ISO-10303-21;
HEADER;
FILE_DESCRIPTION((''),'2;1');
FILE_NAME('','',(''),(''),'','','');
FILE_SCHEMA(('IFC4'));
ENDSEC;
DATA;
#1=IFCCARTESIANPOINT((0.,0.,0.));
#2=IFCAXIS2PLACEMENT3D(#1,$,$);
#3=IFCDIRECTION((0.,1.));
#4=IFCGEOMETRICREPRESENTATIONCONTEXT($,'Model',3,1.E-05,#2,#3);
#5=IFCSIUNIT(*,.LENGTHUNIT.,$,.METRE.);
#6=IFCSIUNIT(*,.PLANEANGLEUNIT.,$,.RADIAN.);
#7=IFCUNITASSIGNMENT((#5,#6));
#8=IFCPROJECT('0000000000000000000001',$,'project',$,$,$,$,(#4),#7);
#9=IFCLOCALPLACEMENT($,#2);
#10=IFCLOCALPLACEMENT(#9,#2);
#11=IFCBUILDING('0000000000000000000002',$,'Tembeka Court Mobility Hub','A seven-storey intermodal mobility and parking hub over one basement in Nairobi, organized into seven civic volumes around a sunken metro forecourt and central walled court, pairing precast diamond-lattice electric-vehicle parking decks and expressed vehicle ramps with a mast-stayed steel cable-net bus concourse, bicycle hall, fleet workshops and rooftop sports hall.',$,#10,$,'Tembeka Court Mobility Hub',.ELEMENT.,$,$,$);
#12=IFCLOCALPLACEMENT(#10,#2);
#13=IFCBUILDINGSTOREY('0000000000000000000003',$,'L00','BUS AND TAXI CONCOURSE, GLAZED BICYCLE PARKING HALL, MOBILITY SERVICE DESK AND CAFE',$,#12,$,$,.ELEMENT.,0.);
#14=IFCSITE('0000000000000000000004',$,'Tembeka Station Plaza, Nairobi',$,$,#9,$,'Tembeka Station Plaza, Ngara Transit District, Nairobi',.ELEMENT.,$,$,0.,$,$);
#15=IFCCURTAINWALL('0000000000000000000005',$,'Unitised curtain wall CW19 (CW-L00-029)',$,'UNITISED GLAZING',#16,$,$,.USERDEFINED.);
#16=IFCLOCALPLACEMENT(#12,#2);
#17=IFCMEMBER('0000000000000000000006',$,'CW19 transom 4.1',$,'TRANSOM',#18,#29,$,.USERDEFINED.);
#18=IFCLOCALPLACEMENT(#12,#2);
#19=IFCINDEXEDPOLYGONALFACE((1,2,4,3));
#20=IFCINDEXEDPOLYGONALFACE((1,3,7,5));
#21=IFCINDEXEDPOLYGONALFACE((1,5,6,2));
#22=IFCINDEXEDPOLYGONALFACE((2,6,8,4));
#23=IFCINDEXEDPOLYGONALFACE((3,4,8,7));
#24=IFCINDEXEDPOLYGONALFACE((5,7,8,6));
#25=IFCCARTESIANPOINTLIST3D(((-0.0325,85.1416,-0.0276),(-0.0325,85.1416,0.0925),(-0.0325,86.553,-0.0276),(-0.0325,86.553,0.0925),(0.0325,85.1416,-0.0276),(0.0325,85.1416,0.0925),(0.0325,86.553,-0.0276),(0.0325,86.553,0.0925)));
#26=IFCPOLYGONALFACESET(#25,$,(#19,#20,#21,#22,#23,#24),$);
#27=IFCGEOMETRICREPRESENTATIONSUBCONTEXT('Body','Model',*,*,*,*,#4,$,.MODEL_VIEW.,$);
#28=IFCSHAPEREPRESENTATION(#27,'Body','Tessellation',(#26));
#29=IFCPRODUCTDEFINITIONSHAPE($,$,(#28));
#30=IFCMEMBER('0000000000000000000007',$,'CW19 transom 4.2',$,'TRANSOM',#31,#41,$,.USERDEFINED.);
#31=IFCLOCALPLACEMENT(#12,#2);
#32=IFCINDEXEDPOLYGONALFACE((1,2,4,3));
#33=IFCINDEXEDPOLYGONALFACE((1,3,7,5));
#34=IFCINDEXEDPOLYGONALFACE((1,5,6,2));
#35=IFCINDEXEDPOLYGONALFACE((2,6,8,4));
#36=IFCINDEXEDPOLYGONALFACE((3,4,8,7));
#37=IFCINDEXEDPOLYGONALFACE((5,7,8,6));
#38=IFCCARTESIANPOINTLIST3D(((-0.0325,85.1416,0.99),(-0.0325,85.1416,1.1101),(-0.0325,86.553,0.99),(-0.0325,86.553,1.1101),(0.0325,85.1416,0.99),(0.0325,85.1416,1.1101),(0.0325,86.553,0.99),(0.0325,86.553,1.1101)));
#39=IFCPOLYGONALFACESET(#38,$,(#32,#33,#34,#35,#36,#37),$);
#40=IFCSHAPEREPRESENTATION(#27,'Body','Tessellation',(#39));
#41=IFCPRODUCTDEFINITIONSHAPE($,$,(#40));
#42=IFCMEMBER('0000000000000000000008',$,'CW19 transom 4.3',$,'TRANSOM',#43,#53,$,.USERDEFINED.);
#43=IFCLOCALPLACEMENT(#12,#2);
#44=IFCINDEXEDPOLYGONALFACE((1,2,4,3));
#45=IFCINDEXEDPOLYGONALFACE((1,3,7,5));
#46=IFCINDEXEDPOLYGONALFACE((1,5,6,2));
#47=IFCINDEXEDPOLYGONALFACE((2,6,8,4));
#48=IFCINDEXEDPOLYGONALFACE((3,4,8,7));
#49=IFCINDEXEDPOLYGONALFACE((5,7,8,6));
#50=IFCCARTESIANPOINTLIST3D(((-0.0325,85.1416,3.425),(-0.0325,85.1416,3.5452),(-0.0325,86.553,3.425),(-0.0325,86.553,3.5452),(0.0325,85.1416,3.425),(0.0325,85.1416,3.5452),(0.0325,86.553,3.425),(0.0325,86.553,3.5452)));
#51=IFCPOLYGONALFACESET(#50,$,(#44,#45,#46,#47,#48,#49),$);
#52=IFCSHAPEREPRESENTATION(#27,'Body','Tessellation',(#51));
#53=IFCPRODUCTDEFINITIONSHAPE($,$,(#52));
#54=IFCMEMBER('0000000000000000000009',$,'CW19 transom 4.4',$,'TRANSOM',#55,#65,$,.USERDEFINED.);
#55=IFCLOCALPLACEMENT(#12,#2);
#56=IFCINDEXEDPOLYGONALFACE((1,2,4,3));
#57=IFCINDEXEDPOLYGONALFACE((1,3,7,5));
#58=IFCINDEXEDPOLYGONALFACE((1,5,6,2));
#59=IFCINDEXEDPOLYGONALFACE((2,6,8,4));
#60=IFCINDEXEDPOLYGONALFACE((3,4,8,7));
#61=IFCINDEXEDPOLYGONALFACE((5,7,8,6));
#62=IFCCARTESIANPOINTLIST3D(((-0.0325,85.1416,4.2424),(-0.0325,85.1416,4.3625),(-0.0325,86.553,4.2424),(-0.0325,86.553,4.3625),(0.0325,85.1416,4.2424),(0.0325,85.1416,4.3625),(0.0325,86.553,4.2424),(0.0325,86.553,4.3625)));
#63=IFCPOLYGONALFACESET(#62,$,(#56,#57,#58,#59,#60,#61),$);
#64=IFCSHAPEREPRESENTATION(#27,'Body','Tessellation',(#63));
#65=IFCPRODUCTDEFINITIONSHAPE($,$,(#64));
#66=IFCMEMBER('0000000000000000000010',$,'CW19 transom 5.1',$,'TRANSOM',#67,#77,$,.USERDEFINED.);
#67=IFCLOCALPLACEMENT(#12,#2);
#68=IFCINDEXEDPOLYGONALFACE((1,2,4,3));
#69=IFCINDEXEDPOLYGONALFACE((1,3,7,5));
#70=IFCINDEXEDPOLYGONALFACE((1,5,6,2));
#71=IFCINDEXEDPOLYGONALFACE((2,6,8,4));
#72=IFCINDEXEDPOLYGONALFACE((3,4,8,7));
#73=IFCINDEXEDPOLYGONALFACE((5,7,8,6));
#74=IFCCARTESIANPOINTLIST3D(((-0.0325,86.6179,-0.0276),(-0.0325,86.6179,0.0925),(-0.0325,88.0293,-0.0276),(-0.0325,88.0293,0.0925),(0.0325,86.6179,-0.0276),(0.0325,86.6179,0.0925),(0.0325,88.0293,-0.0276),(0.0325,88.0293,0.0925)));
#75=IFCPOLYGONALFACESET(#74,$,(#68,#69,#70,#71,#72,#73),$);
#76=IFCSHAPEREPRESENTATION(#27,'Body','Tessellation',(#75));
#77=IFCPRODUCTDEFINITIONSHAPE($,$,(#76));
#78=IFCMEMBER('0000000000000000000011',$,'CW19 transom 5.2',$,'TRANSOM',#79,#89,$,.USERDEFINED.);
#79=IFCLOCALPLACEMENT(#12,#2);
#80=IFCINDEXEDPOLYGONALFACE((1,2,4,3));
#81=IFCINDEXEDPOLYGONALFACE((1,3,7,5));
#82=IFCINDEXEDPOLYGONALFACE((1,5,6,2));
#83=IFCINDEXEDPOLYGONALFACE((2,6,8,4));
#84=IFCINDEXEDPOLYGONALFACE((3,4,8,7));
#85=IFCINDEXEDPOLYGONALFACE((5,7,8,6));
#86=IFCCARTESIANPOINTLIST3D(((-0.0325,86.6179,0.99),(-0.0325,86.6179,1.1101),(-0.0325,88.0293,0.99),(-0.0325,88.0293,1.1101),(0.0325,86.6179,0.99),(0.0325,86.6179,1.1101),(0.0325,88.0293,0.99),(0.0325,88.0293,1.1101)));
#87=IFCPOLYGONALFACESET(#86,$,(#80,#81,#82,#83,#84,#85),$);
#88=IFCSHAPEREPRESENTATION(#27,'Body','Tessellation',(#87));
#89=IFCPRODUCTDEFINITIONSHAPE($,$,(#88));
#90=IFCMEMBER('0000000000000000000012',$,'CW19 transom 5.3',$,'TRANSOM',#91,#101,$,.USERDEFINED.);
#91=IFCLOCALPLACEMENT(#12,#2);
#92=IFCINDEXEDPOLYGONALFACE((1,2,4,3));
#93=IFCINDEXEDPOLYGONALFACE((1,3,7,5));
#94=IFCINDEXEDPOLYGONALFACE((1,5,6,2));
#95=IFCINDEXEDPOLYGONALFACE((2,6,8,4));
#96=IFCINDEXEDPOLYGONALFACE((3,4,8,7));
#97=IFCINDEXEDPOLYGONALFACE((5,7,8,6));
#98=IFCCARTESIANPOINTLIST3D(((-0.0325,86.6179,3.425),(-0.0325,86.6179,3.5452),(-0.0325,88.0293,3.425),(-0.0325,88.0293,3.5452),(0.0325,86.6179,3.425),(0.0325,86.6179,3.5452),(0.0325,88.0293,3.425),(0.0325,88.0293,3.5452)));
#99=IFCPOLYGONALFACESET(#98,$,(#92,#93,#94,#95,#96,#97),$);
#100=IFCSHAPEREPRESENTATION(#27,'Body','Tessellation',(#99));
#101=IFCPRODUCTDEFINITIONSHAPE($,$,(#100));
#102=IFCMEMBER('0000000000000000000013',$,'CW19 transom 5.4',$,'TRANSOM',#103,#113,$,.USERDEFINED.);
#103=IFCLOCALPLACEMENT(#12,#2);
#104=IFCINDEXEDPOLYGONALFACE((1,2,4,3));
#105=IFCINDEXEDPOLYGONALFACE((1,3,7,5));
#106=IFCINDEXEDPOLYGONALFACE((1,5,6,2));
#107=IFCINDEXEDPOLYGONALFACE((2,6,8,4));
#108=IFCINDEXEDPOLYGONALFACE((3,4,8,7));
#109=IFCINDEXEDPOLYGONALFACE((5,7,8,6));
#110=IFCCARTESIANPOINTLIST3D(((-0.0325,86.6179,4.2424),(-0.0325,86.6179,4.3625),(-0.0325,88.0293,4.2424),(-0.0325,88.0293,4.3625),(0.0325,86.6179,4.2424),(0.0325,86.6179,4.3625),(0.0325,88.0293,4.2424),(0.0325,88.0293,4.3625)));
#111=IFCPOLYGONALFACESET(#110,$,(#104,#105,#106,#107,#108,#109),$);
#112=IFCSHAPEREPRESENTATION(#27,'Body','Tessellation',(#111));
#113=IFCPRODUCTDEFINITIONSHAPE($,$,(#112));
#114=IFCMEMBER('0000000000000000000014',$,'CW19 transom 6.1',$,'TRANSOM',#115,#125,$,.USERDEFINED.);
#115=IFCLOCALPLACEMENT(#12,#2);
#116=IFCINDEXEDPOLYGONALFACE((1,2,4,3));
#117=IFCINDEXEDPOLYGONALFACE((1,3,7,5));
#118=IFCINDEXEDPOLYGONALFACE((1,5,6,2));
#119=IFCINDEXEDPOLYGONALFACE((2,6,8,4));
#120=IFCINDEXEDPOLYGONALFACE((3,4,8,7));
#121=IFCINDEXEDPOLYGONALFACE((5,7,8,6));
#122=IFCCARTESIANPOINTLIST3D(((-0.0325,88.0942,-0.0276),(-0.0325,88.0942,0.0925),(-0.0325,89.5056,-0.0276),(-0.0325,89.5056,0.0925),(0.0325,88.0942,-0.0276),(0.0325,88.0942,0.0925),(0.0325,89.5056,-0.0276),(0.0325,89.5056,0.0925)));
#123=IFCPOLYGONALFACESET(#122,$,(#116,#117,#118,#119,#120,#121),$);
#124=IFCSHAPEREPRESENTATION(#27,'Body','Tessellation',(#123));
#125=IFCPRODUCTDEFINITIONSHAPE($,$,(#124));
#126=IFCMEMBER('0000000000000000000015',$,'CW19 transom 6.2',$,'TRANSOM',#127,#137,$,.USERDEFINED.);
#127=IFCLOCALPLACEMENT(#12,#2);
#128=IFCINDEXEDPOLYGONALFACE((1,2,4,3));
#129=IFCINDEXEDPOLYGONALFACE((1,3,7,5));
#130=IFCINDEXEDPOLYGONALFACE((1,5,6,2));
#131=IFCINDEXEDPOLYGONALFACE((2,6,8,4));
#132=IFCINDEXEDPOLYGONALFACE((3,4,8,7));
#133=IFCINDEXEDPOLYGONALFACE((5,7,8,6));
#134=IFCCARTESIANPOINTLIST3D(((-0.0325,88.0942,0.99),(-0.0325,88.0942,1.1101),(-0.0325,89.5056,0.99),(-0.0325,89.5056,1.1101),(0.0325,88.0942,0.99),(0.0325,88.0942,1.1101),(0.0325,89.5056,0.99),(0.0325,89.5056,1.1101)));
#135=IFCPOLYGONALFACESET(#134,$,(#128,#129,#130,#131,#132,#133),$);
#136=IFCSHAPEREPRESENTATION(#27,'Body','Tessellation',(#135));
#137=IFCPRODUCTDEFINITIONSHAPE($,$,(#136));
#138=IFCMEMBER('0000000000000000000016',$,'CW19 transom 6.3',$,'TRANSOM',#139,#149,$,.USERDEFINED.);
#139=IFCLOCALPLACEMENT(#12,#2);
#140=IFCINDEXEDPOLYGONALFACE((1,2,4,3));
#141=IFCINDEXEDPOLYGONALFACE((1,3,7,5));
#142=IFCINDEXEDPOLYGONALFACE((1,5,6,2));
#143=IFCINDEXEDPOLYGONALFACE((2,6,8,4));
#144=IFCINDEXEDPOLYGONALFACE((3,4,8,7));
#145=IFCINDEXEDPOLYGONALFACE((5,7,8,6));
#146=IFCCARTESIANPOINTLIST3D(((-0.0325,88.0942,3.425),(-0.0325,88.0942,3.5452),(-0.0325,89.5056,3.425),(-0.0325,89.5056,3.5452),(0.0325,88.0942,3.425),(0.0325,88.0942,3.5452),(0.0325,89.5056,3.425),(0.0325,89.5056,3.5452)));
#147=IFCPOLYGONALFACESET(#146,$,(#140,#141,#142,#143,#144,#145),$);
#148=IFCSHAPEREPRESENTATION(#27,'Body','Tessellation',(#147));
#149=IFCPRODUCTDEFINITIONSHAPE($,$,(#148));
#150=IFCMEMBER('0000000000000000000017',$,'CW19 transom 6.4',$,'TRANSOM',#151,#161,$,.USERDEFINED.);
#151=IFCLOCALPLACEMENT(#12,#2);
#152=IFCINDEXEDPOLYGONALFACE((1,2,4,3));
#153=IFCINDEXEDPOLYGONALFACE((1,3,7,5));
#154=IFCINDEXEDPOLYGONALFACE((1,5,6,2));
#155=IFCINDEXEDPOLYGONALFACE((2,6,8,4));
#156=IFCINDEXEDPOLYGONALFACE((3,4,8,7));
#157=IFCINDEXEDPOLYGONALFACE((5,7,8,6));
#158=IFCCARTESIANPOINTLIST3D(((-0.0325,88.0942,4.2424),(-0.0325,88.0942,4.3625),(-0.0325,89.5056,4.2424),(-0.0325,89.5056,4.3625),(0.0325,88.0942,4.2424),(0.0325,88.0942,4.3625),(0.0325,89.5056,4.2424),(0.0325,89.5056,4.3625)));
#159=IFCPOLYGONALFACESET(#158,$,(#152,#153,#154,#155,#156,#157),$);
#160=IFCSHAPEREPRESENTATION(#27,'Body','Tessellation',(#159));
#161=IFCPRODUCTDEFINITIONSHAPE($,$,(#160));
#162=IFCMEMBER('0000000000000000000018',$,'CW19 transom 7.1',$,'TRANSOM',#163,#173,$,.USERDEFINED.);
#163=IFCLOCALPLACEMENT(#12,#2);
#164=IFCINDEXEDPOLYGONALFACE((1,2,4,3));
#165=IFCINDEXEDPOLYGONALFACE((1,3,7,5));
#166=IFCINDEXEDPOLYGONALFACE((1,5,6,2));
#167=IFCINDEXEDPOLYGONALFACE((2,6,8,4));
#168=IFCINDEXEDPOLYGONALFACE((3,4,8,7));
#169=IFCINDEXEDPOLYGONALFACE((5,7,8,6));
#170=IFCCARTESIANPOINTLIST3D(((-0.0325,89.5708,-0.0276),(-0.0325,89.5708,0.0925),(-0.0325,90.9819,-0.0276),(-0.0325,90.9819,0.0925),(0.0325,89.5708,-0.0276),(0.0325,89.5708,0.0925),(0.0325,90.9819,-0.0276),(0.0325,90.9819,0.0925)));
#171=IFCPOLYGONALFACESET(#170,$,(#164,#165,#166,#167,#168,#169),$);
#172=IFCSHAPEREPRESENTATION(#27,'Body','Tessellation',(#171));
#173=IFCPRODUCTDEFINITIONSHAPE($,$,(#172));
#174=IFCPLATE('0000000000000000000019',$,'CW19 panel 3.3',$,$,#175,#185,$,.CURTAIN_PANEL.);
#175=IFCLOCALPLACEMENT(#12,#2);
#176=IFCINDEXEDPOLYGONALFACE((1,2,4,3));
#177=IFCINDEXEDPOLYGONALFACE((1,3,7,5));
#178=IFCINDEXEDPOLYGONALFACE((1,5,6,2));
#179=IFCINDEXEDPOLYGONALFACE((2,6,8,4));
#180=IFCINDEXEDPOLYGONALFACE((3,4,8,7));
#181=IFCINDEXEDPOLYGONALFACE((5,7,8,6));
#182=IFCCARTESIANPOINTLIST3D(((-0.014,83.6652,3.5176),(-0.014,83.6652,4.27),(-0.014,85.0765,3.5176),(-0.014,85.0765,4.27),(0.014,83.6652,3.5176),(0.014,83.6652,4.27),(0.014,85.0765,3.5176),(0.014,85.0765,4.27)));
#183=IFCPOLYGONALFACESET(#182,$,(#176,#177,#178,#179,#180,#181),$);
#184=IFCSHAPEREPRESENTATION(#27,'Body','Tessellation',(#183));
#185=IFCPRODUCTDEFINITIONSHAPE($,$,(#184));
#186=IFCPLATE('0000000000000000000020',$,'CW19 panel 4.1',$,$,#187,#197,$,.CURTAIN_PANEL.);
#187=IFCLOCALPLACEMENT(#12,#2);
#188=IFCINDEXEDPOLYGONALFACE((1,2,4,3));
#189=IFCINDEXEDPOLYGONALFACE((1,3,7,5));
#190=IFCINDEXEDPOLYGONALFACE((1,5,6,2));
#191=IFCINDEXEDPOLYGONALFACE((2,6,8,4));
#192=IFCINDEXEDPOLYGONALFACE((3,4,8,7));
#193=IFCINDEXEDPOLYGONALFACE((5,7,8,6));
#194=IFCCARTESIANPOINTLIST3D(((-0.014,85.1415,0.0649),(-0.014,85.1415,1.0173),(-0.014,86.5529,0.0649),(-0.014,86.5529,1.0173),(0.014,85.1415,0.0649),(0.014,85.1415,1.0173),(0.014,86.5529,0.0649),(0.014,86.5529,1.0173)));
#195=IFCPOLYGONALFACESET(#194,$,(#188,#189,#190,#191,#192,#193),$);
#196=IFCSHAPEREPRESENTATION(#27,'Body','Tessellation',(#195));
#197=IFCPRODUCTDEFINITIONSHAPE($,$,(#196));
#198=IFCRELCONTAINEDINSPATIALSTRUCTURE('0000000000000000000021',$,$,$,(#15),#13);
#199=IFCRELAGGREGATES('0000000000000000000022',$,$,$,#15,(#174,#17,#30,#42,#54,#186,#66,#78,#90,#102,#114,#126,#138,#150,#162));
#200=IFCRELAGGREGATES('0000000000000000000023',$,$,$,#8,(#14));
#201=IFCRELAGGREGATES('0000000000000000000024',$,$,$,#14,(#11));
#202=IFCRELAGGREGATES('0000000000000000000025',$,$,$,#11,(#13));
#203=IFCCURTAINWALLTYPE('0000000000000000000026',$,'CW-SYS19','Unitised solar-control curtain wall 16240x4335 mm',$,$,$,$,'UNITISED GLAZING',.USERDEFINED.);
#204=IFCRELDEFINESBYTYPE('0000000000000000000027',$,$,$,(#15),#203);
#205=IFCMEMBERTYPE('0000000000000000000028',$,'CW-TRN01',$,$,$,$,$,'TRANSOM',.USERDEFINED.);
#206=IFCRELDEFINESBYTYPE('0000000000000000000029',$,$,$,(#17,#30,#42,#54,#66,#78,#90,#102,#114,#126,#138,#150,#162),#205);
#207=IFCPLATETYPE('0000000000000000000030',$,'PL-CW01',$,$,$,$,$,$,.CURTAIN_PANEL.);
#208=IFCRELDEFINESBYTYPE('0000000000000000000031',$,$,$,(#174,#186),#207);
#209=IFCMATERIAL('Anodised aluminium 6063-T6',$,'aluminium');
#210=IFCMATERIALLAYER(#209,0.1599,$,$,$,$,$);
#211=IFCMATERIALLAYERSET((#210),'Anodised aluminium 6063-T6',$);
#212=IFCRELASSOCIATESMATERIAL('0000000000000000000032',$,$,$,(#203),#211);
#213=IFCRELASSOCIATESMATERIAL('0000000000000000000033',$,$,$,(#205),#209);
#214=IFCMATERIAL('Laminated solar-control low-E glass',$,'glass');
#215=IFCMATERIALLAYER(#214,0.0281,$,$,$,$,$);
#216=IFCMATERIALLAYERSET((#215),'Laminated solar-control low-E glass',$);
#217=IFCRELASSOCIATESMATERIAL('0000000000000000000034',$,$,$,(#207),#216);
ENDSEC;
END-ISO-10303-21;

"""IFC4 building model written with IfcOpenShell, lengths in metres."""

from ifc_helpers import new_model, si_unit, direction, frame, origin, origin_2d, place, context, subcontext, project, spatial, rectangle, extrude, material, layer, layer_set, material_profile, profile_set, type_object, element, aggregate, save


model = new_model("IFC4")

# Units and contexts
model_context = context("Model", 3, precision=1e-05, world=origin(), true_north=direction((0.0, 1.0)))
body_context = subcontext(model_context, "Body", "Model", "MODEL_VIEW")
ifc_project = project(units=[si_unit("LENGTHUNIT", "METRE"), si_unit("PLANEANGLEUNIT", "RADIAN")], contexts=[model_context])

# Site, building, storey
site_placement = place(None, origin())
site = spatial("IfcSite", under=ifc_project, at=site_placement, Name="Tembeka Station Plaza, Nairobi", LongName="Tembeka Station Plaza, Ngara Transit District, Nairobi", CompositionType="ELEMENT", RefElevation=0.0)
building_placement = place(site_placement, origin())
building = spatial("IfcBuilding", under=site, at=building_placement, Name="Tembeka Court Mobility Hub", Description="A seven-storey intermodal mobility and parking hub over one basement in Nairobi, organized into seven civic volumes around a sunken metro forecourt and central walled court, pairing precast diamond-lattice electric-vehicle parking decks and expressed vehicle ramps with a mast-stayed steel cable-net bus concourse, bicycle hall, fleet workshops and rooftop sports hall.", LongName="Tembeka Court Mobility Hub", CompositionType="ELEMENT")
storey_placement = place(building_placement, origin())
storey = spatial("IfcBuildingStorey", under=building, at=storey_placement, Name="L00", Description="BUS AND TAXI CONCOURSE, GLAZED BICYCLE PARKING HALL, MOBILITY SERVICE DESK AND CAFE", CompositionType="ELEMENT", Elevation=0.0)

# Curtain wall, members, plates
ifc_material_1 = material(Name="Anodised aluminium 6063-T6", Category="aluminium")
ifc_layer_1 = layer(ifc_material_1, 0.1599)
ifc_layer_set_1 = layer_set([ifc_layer_1], Name="Anodised aluminium 6063-T6")
curtain_wall_type = type_object("IfcCurtainWallType", Name="CW-SYS19", Description="Unitised solar-control curtain wall 16240x4335 mm", ElementType="UNITISED GLAZING", PredefinedType="USERDEFINED", material=ifc_layer_set_1)
curtain_wall_placement = place(storey_placement, origin())
curtain_wall = element("IfcCurtainWall", 1, at=curtain_wall_placement, inside=storey, type_object=curtain_wall_type, Name="Unitised curtain wall CW19 (CW-L00-029)", ObjectType="UNITISED GLAZING", PredefinedType="USERDEFINED")
ifc_material_profile_1 = material_profile(ifc_material_1, rectangle(XDim=0.0649, YDim=0.1201, at=origin_2d()), Name="ALU-TRN 65x120")
ifc_profile_set_1 = profile_set([ifc_material_profile_1], Name="Anodised aluminium 6063-T6")
member_type_1 = type_object("IfcMemberType", Name="CW-TRN01", ElementType="TRANSOM", PredefinedType="USERDEFINED", material=ifc_profile_set_1)
member_1_placement = place(storey_placement, frame((0.0, 85.1416, 0.0325), z_axis=(0.0, 1.0, 0.0), x_axis=(-1.0, 0.0, 0.0)))
member_1 = element("IfcMember", 2, at=member_1_placement, type_object=member_type_1, Name="CW19 transom 4.1", ObjectType="TRANSOM", PredefinedType="USERDEFINED", context=body_context, shape_type="SweptSolid", body=[
    extrude(rectangle(XDim=0.0649, YDim=0.1201, at=origin_2d()), origin(), (0.0, 0.0, 1.0), 1.4114),
])
member_2_placement = place(storey_placement, frame((0.0, 85.1416, 1.05), z_axis=(0.0, 1.0, 0.0), x_axis=(-1.0, 0.0, 0.0)))
member_2 = element("IfcMember", 3, at=member_2_placement, type_object=member_type_1, Name="CW19 transom 4.2", ObjectType="TRANSOM", PredefinedType="USERDEFINED", context=body_context, shape_type="SweptSolid", body=[
    extrude(rectangle(XDim=0.0649, YDim=0.1201, at=origin_2d()), origin(), (0.0, 0.0, 1.0), 1.4114),
])
member_3_placement = place(storey_placement, frame((0.0, 85.1416, 3.4851), z_axis=(0.0, 1.0, 0.0), x_axis=(-1.0, 0.0, 0.0)))
member_3 = element("IfcMember", 4, at=member_3_placement, type_object=member_type_1, Name="CW19 transom 4.3", ObjectType="TRANSOM", PredefinedType="USERDEFINED", context=body_context, shape_type="SweptSolid", body=[
    extrude(rectangle(XDim=0.0649, YDim=0.1201, at=origin_2d()), origin(), (0.0, 0.0, 1.0), 1.4114),
])
member_4_placement = place(storey_placement, frame((0.0, 85.1416, 4.3025), z_axis=(0.0, 1.0, 0.0), x_axis=(-1.0, 0.0, 0.0)))
member_4 = element("IfcMember", 5, at=member_4_placement, type_object=member_type_1, Name="CW19 transom 4.4", ObjectType="TRANSOM", PredefinedType="USERDEFINED", context=body_context, shape_type="SweptSolid", body=[
    extrude(rectangle(XDim=0.0649, YDim=0.1201, at=origin_2d()), origin(), (0.0, 0.0, 1.0), 1.4114),
])
member_5_placement = place(storey_placement, frame((0.0, 86.6179, 0.0325), z_axis=(0.0, 1.0, 0.0), x_axis=(-1.0, 0.0, 0.0)))
member_5 = element("IfcMember", 6, at=member_5_placement, type_object=member_type_1, Name="CW19 transom 5.1", ObjectType="TRANSOM", PredefinedType="USERDEFINED", context=body_context, shape_type="SweptSolid", body=[
    extrude(rectangle(XDim=0.0649, YDim=0.1201, at=origin_2d()), origin(), (0.0, 0.0, 1.0), 1.4114),
])
member_6_placement = place(storey_placement, frame((0.0, 86.6179, 1.05), z_axis=(0.0, 1.0, 0.0), x_axis=(-1.0, 0.0, 0.0)))
member_6 = element("IfcMember", 7, at=member_6_placement, type_object=member_type_1, Name="CW19 transom 5.2", ObjectType="TRANSOM", PredefinedType="USERDEFINED", context=body_context, shape_type="SweptSolid", body=[
    extrude(rectangle(XDim=0.0649, YDim=0.1201, at=origin_2d()), origin(), (0.0, 0.0, 1.0), 1.4114),
])
member_7_placement = place(storey_placement, frame((0.0, 86.6179, 3.4851), z_axis=(0.0, 1.0, 0.0), x_axis=(-1.0, 0.0, 0.0)))
member_7 = element("IfcMember", 8, at=member_7_placement, type_object=member_type_1, Name="CW19 transom 5.3", ObjectType="TRANSOM", PredefinedType="USERDEFINED", context=body_context, shape_type="SweptSolid", body=[
    extrude(rectangle(XDim=0.0649, YDim=0.1201, at=origin_2d()), origin(), (0.0, 0.0, 1.0), 1.4114),
])
member_8_placement = place(storey_placement, frame((0.0, 86.6179, 4.3025), z_axis=(0.0, 1.0, 0.0), x_axis=(-1.0, 0.0, 0.0)))
member_8 = element("IfcMember", 9, at=member_8_placement, type_object=member_type_1, Name="CW19 transom 5.4", ObjectType="TRANSOM", PredefinedType="USERDEFINED", context=body_context, shape_type="SweptSolid", body=[
    extrude(rectangle(XDim=0.0649, YDim=0.1201, at=origin_2d()), origin(), (0.0, 0.0, 1.0), 1.4114),
])
member_9_placement = place(storey_placement, frame((0.0, 88.0942, 0.0325), z_axis=(0.0, 1.0, 0.0), x_axis=(-1.0, 0.0, 0.0)))
member_9 = element("IfcMember", 10, at=member_9_placement, type_object=member_type_1, Name="CW19 transom 6.1", ObjectType="TRANSOM", PredefinedType="USERDEFINED", context=body_context, shape_type="SweptSolid", body=[
    extrude(rectangle(XDim=0.0649, YDim=0.1201, at=origin_2d()), origin(), (0.0, 0.0, 1.0), 1.4114),
])
member_10_placement = place(storey_placement, frame((0.0, 88.0942, 1.05), z_axis=(0.0, 1.0, 0.0), x_axis=(-1.0, 0.0, 0.0)))
member_10 = element("IfcMember", 11, at=member_10_placement, type_object=member_type_1, Name="CW19 transom 6.2", ObjectType="TRANSOM", PredefinedType="USERDEFINED", context=body_context, shape_type="SweptSolid", body=[
    extrude(rectangle(XDim=0.0649, YDim=0.1201, at=origin_2d()), origin(), (0.0, 0.0, 1.0), 1.4114),
])
member_11_placement = place(storey_placement, frame((0.0, 88.0942, 3.4851), z_axis=(0.0, 1.0, 0.0), x_axis=(-1.0, 0.0, 0.0)))
member_11 = element("IfcMember", 12, at=member_11_placement, type_object=member_type_1, Name="CW19 transom 6.3", ObjectType="TRANSOM", PredefinedType="USERDEFINED", context=body_context, shape_type="SweptSolid", body=[
    extrude(rectangle(XDim=0.0649, YDim=0.1201, at=origin_2d()), origin(), (0.0, 0.0, 1.0), 1.4114),
])
member_12_placement = place(storey_placement, frame((0.0, 88.0942, 4.3025), z_axis=(0.0, 1.0, 0.0), x_axis=(-1.0, 0.0, 0.0)))
member_12 = element("IfcMember", 13, at=member_12_placement, type_object=member_type_1, Name="CW19 transom 6.4", ObjectType="TRANSOM", PredefinedType="USERDEFINED", context=body_context, shape_type="SweptSolid", body=[
    extrude(rectangle(XDim=0.0649, YDim=0.1201, at=origin_2d()), origin(), (0.0, 0.0, 1.0), 1.4114),
])
member_13_placement = place(storey_placement, frame((0.0, 89.5708, 0.0325), z_axis=(0.0, 1.0, 0.0), x_axis=(-1.0, 0.0, 0.0)))
member_13 = element("IfcMember", 14, at=member_13_placement, type_object=member_type_1, Name="CW19 transom 7.1", ObjectType="TRANSOM", PredefinedType="USERDEFINED", context=body_context, shape_type="SweptSolid", body=[
    extrude(rectangle(XDim=0.0649, YDim=0.1201, at=origin_2d()), origin(), (0.0, 0.0, 1.0), 1.4111),
])
ifc_material_2 = material(Name="Laminated solar-control low-E glass", Category="glass")
ifc_layer_2 = layer(ifc_material_2, 0.0281)
ifc_layer_set_2 = layer_set([ifc_layer_2], Name="Laminated solar-control low-E glass")
plate_type = type_object("IfcPlateType", Name="PL-CW01", PredefinedType="CURTAIN_PANEL", material=ifc_layer_set_2)
plate_1_placement = place(storey_placement, frame((0.0, 84.3708, 3.5176), z_axis=(0.0, 0.0, 1.0), x_axis=(0.0, 1.0, 0.0)))
plate_1 = element("IfcPlate", 15, at=plate_1_placement, type_object=plate_type, Name="CW19 panel 3.3", PredefinedType="CURTAIN_PANEL", context=body_context, shape_type="SweptSolid", body=[
    extrude(rectangle(XDim=1.4114, YDim=0.0281, at=origin_2d()), origin(), (0.0, 0.0, 1.0), 0.7524),
])
plate_2_placement = place(storey_placement, frame((0.0, 85.8472, 0.0649), z_axis=(0.0, 0.0, 1.0), x_axis=(0.0, 1.0, 0.0)))
plate_2 = element("IfcPlate", 16, at=plate_2_placement, type_object=plate_type, Name="CW19 panel 4.1", PredefinedType="CURTAIN_PANEL", context=body_context, shape_type="SweptSolid", body=[
    extrude(rectangle(XDim=1.4114, YDim=0.0281, at=origin_2d()), origin(), (0.0, 0.0, 1.0), 0.9524),
])
aggregate(curtain_wall, [plate_1, member_1, member_2, member_3, member_4, plate_2, member_5, member_6, member_7, member_8, member_9, member_10, member_11, member_12, member_13])

save(model, "model.ifc")
